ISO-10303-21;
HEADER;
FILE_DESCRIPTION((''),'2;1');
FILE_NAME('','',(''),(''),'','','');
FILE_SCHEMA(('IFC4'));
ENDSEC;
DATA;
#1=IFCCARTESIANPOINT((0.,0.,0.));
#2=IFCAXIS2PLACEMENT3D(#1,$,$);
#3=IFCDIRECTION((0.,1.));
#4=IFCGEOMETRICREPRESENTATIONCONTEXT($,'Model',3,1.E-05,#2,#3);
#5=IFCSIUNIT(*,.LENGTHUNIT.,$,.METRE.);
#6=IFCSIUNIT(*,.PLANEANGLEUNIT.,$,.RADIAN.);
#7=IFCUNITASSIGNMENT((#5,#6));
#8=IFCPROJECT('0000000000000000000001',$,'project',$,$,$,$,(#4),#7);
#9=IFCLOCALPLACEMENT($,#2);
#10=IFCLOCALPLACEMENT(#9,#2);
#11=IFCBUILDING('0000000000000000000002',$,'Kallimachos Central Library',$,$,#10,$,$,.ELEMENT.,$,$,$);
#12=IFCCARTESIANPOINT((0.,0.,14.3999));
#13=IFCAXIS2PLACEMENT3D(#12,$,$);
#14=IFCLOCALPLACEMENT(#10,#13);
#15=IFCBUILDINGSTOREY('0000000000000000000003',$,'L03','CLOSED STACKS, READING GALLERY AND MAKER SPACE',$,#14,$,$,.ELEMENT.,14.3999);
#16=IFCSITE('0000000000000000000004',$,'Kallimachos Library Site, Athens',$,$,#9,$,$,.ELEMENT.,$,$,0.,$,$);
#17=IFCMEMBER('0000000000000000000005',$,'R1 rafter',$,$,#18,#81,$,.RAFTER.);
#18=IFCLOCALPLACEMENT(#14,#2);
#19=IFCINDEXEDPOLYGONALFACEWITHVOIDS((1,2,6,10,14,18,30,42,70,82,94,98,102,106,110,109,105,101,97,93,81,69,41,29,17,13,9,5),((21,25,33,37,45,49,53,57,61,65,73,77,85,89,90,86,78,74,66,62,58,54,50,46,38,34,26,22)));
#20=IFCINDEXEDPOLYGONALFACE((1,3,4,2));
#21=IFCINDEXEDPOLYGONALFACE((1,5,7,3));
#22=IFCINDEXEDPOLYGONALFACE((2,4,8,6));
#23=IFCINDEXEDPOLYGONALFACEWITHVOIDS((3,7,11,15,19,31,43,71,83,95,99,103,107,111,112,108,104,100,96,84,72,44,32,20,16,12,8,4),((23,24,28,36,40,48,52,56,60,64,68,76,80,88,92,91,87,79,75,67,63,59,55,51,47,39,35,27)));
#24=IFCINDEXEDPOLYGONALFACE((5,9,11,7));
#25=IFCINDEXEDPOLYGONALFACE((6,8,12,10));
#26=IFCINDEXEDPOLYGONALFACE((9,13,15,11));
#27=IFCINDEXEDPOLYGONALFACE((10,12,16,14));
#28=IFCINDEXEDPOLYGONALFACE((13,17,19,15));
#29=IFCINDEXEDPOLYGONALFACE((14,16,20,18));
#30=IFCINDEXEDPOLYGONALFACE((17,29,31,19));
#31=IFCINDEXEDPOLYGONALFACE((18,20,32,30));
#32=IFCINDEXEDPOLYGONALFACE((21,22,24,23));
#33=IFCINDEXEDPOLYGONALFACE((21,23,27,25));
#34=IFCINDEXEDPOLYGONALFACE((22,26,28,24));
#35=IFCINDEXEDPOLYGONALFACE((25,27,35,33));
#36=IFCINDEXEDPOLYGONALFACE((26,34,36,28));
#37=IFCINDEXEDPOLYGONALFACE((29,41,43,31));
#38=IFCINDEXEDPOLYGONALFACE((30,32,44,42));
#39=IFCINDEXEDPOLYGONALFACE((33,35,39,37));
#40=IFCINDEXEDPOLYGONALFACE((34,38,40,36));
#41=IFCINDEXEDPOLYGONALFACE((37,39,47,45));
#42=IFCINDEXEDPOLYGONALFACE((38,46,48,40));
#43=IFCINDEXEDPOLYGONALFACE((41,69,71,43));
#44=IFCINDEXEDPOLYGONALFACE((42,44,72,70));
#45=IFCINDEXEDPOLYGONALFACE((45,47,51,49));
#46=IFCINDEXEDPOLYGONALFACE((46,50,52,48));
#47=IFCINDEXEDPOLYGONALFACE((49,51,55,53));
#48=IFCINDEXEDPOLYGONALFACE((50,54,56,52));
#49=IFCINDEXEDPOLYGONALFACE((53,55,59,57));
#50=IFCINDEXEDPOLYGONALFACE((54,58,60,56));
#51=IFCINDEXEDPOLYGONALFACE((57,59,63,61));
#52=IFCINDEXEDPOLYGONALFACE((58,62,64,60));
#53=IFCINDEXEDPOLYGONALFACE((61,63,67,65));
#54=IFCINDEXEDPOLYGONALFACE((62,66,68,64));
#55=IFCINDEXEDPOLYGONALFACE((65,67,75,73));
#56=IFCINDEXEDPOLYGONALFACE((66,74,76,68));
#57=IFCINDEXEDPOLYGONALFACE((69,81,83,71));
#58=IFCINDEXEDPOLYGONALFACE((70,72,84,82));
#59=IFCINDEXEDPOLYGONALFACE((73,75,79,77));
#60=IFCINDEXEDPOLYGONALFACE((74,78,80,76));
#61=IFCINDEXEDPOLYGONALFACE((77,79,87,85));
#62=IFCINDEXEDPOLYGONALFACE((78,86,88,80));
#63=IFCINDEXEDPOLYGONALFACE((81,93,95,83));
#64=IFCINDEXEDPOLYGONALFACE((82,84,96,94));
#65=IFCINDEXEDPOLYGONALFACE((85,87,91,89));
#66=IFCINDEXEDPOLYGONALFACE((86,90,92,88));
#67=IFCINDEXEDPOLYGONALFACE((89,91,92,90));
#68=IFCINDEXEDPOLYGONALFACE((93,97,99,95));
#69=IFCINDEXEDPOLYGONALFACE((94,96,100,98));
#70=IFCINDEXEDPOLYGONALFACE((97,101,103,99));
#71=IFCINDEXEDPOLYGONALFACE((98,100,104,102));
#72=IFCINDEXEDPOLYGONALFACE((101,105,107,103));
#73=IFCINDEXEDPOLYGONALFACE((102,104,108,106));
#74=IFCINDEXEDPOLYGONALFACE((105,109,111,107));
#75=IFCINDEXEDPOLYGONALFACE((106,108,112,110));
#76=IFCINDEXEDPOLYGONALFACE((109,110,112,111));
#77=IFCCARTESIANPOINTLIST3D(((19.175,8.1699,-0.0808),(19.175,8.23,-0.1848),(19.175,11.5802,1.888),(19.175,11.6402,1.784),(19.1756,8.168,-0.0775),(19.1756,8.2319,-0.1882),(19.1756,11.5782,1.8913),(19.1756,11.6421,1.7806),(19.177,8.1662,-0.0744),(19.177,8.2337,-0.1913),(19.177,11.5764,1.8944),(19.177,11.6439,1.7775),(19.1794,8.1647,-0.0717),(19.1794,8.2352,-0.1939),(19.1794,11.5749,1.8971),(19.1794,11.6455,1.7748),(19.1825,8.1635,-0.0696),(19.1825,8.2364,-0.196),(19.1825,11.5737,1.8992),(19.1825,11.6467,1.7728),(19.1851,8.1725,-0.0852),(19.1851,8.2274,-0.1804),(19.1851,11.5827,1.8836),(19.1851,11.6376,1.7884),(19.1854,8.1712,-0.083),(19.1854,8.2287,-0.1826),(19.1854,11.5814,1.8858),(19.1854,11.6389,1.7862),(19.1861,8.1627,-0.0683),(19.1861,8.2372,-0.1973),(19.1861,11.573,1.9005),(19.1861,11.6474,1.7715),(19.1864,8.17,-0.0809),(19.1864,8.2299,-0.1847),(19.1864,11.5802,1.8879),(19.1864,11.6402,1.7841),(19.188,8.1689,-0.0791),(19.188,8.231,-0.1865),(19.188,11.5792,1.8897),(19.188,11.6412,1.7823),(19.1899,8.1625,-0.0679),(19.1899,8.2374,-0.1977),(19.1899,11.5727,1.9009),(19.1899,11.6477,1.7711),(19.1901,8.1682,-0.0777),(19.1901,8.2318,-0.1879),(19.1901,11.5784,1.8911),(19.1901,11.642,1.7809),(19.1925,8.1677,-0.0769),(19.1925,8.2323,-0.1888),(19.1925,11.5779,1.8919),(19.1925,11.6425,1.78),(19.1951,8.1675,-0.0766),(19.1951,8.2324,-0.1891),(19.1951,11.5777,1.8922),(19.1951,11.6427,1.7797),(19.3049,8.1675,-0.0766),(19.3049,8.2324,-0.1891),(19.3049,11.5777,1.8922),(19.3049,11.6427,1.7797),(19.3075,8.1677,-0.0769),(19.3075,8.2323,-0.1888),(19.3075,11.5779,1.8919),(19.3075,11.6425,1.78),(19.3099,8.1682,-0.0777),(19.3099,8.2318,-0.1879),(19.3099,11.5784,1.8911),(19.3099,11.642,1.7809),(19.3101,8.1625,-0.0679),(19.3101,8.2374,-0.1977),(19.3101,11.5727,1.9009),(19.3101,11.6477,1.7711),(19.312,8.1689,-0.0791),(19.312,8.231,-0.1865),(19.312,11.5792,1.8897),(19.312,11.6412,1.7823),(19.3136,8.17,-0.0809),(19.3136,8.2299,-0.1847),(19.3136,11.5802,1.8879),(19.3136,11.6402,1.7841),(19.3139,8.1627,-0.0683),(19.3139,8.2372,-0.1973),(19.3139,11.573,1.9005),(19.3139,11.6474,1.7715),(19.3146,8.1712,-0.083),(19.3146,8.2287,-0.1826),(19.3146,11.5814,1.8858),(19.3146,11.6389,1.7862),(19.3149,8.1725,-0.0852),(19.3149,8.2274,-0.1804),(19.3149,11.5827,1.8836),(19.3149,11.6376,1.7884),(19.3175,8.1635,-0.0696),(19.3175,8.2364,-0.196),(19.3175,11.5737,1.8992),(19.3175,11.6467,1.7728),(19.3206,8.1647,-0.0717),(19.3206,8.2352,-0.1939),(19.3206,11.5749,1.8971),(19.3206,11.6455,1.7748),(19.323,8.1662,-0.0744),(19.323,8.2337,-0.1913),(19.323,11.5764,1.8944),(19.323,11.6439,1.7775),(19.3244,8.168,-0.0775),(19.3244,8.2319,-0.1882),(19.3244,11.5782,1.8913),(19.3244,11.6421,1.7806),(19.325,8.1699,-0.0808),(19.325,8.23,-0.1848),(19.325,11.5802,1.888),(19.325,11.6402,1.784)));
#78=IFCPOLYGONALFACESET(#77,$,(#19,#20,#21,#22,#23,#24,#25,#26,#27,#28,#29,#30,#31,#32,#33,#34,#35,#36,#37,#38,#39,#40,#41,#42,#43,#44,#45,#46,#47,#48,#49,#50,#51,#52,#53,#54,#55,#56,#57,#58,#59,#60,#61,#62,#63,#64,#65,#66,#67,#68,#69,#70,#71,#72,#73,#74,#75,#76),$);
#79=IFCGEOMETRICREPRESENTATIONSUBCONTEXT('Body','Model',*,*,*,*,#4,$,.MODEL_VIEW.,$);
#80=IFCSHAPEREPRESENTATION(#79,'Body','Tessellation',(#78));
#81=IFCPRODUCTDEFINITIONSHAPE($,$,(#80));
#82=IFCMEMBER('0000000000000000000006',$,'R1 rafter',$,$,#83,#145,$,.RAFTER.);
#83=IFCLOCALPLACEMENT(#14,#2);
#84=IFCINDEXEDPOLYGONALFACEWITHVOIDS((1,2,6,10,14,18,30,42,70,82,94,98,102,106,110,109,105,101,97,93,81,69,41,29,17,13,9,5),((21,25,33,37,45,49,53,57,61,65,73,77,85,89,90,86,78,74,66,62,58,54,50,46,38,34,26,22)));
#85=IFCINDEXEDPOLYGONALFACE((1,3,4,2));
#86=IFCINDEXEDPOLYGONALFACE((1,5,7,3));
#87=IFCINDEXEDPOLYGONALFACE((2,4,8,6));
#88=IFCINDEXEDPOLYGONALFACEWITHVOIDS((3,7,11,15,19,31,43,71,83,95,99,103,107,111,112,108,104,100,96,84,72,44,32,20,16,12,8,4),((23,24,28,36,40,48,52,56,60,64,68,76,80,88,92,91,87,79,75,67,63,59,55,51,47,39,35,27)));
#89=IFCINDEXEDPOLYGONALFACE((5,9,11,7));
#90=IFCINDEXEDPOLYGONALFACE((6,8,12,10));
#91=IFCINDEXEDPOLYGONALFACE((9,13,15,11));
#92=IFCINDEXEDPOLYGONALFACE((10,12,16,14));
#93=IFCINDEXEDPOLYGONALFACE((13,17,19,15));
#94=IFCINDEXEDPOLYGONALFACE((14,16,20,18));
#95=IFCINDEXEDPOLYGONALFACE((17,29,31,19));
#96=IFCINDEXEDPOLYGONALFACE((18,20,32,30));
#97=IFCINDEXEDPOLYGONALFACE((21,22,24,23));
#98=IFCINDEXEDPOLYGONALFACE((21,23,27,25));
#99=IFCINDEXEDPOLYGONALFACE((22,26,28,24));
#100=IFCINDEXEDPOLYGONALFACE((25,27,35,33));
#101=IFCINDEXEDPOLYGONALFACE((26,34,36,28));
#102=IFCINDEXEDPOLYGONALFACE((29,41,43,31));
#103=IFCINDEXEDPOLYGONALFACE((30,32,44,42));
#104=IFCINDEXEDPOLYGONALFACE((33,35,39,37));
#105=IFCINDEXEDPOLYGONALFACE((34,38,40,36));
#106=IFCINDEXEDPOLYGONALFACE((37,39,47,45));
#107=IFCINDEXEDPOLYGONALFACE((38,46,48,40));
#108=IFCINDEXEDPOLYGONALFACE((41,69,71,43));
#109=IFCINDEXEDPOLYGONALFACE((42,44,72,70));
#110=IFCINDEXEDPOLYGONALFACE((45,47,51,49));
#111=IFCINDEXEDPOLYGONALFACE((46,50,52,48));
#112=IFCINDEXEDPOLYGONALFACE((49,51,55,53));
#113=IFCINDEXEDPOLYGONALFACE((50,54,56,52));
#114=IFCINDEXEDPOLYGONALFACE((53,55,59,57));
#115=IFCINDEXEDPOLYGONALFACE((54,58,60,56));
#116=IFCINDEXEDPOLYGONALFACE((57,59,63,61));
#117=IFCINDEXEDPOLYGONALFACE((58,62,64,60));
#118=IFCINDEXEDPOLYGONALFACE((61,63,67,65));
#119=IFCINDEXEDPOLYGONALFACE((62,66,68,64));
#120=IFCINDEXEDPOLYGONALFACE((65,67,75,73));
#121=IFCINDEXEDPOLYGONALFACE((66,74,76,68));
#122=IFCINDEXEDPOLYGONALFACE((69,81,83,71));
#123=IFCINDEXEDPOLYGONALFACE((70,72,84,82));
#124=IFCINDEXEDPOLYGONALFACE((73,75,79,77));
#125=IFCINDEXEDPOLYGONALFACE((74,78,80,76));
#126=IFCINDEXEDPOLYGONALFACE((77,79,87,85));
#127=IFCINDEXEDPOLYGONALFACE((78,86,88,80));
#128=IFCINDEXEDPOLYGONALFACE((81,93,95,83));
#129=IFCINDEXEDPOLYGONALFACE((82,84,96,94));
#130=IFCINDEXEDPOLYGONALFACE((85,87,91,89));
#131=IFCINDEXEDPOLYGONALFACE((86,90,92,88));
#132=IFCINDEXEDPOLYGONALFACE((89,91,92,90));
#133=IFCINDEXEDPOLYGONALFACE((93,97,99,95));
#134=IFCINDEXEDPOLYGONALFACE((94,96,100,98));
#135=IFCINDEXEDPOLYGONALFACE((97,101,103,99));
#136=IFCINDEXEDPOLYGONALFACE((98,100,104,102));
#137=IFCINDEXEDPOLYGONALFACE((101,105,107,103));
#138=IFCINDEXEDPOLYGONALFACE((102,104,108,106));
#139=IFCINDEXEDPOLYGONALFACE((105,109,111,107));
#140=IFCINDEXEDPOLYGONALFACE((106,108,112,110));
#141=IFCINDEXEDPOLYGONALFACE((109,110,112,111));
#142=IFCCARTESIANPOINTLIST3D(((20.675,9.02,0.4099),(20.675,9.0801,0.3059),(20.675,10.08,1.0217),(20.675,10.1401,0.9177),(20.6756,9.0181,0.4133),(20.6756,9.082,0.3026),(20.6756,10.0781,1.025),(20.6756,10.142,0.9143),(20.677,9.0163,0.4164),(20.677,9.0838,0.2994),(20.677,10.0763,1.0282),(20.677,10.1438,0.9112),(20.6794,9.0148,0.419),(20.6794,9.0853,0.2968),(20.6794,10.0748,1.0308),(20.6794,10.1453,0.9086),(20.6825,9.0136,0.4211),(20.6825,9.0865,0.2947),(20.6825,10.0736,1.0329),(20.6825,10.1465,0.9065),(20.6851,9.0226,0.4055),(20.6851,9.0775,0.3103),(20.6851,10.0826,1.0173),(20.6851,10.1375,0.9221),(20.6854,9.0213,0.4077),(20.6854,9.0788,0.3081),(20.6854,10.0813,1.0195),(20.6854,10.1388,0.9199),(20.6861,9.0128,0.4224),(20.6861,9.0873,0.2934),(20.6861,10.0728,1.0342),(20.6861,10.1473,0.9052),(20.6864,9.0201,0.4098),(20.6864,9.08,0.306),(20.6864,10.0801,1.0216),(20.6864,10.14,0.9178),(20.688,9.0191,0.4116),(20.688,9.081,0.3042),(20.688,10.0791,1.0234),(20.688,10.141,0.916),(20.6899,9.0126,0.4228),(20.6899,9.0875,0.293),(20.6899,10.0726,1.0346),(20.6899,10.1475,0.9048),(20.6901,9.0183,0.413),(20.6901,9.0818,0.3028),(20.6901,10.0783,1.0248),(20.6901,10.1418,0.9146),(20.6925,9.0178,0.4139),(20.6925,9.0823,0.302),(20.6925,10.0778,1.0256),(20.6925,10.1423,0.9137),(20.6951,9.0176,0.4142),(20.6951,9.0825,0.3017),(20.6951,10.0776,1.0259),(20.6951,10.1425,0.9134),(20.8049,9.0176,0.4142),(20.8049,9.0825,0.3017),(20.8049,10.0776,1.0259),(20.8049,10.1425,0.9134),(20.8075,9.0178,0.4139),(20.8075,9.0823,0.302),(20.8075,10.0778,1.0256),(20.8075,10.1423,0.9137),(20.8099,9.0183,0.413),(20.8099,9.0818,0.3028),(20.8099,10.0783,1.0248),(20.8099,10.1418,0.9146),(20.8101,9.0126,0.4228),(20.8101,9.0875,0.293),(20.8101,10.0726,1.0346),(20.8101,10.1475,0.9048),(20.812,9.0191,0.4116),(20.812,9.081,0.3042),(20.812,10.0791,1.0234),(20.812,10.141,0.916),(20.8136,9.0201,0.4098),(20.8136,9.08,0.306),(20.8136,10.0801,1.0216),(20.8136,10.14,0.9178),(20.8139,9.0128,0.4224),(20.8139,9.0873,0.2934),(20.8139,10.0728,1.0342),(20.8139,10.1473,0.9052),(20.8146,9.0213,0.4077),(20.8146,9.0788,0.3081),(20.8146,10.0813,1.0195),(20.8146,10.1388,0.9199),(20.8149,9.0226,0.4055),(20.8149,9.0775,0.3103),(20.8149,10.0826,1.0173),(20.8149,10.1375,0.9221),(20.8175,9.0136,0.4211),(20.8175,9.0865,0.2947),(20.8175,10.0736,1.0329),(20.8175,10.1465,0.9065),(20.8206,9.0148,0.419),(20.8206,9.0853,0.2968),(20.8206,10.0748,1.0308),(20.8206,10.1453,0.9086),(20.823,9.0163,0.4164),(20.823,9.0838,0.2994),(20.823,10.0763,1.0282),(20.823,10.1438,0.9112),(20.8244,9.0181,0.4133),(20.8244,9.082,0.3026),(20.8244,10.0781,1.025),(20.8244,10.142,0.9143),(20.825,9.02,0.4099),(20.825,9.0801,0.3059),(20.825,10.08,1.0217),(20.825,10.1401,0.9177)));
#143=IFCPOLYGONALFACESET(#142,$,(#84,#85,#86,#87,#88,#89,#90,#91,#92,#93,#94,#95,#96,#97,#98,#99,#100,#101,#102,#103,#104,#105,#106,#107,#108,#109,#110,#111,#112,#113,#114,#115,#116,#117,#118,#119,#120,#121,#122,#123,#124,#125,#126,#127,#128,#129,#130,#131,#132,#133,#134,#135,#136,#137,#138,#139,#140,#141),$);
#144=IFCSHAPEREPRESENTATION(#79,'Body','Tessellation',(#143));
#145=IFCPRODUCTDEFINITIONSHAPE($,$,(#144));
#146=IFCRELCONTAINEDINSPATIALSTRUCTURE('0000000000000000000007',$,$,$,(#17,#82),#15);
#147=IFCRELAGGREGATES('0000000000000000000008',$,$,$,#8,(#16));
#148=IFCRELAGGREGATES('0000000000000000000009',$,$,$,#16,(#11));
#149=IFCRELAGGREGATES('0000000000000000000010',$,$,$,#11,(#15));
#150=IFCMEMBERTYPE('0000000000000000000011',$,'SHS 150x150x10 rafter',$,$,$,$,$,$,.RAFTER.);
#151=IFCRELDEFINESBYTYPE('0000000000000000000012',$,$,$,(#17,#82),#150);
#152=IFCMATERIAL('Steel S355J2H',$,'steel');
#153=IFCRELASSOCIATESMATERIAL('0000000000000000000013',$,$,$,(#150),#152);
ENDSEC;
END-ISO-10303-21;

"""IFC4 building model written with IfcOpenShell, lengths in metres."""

from ifc_helpers import new_model, si_unit, direction, frame, origin, origin_2d, place, context, subcontext, project, spatial, hollow_rectangle, extrude, material, material_profile, profile_set, type_object, element, save


model = new_model("IFC4")

# Units and contexts
model_context = context("Model", 3, precision=1e-05, world=origin(), true_north=direction((0.0, 1.0)))
body_context = subcontext(model_context, "Body", "Model", "MODEL_VIEW")
ifc_project = project(units=[si_unit("LENGTHUNIT", "METRE"), si_unit("PLANEANGLEUNIT", "RADIAN")], contexts=[model_context])

# Site, building, storey
site_placement = place(None, origin())
site = spatial("IfcSite", under=ifc_project, at=site_placement, Name="Kallimachos Library Site, Athens", CompositionType="ELEMENT", RefElevation=0.0)
building_placement = place(site_placement, origin())
building = spatial("IfcBuilding", under=site, at=building_placement, Name="Kallimachos Central Library", CompositionType="ELEMENT")
storey_placement = place(building_placement, frame((0.0, 0.0, 14.3999)))
storey = spatial("IfcBuildingStorey", under=building, at=storey_placement, Name="L03", Description="CLOSED STACKS, READING GALLERY AND MAKER SPACE", CompositionType="ELEMENT", Elevation=14.3999)

# Members
ifc_material_1 = material(Name="Steel S355J2H", Category="steel")
ifc_material_profile_1 = material_profile(ifc_material_1, hollow_rectangle(XDim=0.1499, YDim=0.1499, WallThickness=0.01, InnerFilletRadius=0.01, OuterFilletRadius=0.0149, at=origin_2d()), Name="SHS 150x150x10")
ifc_profile_set_1 = profile_set([ifc_material_profile_1], Name="Steel S355J2H")
member_type_1 = type_object("IfcMemberType", Name="SHS 150x150x10 rafter", PredefinedType="RAFTER", material=ifc_profile_set_1)
member_1_placement = place(storey_placement, frame((19.25, 8.2, -0.1328), z_axis=(0.0, 0.866037, 0.49998), x_axis=(-1.0, 0.0, 0.0)))
element("IfcMember", 1, at=member_1_placement, inside=storey, type_object=member_type_1, Name="R1 rafter", PredefinedType="RAFTER", context=body_context, shape_type="SweptSolid", body=[
    extrude(hollow_rectangle(XDim=0.1499, YDim=0.1499, WallThickness=0.01, InnerFilletRadius=0.01, OuterFilletRadius=0.0149, at=origin_2d()), origin(), (0.0, 0.0, 1.0), 3.9377),
])
member_2_placement = place(storey_placement, frame((20.75, 9.05, 0.3579), z_axis=(0.0, 0.866099, 0.499872), x_axis=(-1.0, 0.0, 0.0)))
element("IfcMember", 2, at=member_2_placement, inside=storey, type_object=member_type_1, Name="R1 rafter", PredefinedType="RAFTER", context=body_context, shape_type="SweptSolid", body=[
    extrude(hollow_rectangle(XDim=0.1499, YDim=0.1499, WallThickness=0.01, InnerFilletRadius=0.01, OuterFilletRadius=0.0149, at=origin_2d()), origin(), (0.0, 0.0, 1.0), 1.2239),
])

save(model, "model.ifc")
